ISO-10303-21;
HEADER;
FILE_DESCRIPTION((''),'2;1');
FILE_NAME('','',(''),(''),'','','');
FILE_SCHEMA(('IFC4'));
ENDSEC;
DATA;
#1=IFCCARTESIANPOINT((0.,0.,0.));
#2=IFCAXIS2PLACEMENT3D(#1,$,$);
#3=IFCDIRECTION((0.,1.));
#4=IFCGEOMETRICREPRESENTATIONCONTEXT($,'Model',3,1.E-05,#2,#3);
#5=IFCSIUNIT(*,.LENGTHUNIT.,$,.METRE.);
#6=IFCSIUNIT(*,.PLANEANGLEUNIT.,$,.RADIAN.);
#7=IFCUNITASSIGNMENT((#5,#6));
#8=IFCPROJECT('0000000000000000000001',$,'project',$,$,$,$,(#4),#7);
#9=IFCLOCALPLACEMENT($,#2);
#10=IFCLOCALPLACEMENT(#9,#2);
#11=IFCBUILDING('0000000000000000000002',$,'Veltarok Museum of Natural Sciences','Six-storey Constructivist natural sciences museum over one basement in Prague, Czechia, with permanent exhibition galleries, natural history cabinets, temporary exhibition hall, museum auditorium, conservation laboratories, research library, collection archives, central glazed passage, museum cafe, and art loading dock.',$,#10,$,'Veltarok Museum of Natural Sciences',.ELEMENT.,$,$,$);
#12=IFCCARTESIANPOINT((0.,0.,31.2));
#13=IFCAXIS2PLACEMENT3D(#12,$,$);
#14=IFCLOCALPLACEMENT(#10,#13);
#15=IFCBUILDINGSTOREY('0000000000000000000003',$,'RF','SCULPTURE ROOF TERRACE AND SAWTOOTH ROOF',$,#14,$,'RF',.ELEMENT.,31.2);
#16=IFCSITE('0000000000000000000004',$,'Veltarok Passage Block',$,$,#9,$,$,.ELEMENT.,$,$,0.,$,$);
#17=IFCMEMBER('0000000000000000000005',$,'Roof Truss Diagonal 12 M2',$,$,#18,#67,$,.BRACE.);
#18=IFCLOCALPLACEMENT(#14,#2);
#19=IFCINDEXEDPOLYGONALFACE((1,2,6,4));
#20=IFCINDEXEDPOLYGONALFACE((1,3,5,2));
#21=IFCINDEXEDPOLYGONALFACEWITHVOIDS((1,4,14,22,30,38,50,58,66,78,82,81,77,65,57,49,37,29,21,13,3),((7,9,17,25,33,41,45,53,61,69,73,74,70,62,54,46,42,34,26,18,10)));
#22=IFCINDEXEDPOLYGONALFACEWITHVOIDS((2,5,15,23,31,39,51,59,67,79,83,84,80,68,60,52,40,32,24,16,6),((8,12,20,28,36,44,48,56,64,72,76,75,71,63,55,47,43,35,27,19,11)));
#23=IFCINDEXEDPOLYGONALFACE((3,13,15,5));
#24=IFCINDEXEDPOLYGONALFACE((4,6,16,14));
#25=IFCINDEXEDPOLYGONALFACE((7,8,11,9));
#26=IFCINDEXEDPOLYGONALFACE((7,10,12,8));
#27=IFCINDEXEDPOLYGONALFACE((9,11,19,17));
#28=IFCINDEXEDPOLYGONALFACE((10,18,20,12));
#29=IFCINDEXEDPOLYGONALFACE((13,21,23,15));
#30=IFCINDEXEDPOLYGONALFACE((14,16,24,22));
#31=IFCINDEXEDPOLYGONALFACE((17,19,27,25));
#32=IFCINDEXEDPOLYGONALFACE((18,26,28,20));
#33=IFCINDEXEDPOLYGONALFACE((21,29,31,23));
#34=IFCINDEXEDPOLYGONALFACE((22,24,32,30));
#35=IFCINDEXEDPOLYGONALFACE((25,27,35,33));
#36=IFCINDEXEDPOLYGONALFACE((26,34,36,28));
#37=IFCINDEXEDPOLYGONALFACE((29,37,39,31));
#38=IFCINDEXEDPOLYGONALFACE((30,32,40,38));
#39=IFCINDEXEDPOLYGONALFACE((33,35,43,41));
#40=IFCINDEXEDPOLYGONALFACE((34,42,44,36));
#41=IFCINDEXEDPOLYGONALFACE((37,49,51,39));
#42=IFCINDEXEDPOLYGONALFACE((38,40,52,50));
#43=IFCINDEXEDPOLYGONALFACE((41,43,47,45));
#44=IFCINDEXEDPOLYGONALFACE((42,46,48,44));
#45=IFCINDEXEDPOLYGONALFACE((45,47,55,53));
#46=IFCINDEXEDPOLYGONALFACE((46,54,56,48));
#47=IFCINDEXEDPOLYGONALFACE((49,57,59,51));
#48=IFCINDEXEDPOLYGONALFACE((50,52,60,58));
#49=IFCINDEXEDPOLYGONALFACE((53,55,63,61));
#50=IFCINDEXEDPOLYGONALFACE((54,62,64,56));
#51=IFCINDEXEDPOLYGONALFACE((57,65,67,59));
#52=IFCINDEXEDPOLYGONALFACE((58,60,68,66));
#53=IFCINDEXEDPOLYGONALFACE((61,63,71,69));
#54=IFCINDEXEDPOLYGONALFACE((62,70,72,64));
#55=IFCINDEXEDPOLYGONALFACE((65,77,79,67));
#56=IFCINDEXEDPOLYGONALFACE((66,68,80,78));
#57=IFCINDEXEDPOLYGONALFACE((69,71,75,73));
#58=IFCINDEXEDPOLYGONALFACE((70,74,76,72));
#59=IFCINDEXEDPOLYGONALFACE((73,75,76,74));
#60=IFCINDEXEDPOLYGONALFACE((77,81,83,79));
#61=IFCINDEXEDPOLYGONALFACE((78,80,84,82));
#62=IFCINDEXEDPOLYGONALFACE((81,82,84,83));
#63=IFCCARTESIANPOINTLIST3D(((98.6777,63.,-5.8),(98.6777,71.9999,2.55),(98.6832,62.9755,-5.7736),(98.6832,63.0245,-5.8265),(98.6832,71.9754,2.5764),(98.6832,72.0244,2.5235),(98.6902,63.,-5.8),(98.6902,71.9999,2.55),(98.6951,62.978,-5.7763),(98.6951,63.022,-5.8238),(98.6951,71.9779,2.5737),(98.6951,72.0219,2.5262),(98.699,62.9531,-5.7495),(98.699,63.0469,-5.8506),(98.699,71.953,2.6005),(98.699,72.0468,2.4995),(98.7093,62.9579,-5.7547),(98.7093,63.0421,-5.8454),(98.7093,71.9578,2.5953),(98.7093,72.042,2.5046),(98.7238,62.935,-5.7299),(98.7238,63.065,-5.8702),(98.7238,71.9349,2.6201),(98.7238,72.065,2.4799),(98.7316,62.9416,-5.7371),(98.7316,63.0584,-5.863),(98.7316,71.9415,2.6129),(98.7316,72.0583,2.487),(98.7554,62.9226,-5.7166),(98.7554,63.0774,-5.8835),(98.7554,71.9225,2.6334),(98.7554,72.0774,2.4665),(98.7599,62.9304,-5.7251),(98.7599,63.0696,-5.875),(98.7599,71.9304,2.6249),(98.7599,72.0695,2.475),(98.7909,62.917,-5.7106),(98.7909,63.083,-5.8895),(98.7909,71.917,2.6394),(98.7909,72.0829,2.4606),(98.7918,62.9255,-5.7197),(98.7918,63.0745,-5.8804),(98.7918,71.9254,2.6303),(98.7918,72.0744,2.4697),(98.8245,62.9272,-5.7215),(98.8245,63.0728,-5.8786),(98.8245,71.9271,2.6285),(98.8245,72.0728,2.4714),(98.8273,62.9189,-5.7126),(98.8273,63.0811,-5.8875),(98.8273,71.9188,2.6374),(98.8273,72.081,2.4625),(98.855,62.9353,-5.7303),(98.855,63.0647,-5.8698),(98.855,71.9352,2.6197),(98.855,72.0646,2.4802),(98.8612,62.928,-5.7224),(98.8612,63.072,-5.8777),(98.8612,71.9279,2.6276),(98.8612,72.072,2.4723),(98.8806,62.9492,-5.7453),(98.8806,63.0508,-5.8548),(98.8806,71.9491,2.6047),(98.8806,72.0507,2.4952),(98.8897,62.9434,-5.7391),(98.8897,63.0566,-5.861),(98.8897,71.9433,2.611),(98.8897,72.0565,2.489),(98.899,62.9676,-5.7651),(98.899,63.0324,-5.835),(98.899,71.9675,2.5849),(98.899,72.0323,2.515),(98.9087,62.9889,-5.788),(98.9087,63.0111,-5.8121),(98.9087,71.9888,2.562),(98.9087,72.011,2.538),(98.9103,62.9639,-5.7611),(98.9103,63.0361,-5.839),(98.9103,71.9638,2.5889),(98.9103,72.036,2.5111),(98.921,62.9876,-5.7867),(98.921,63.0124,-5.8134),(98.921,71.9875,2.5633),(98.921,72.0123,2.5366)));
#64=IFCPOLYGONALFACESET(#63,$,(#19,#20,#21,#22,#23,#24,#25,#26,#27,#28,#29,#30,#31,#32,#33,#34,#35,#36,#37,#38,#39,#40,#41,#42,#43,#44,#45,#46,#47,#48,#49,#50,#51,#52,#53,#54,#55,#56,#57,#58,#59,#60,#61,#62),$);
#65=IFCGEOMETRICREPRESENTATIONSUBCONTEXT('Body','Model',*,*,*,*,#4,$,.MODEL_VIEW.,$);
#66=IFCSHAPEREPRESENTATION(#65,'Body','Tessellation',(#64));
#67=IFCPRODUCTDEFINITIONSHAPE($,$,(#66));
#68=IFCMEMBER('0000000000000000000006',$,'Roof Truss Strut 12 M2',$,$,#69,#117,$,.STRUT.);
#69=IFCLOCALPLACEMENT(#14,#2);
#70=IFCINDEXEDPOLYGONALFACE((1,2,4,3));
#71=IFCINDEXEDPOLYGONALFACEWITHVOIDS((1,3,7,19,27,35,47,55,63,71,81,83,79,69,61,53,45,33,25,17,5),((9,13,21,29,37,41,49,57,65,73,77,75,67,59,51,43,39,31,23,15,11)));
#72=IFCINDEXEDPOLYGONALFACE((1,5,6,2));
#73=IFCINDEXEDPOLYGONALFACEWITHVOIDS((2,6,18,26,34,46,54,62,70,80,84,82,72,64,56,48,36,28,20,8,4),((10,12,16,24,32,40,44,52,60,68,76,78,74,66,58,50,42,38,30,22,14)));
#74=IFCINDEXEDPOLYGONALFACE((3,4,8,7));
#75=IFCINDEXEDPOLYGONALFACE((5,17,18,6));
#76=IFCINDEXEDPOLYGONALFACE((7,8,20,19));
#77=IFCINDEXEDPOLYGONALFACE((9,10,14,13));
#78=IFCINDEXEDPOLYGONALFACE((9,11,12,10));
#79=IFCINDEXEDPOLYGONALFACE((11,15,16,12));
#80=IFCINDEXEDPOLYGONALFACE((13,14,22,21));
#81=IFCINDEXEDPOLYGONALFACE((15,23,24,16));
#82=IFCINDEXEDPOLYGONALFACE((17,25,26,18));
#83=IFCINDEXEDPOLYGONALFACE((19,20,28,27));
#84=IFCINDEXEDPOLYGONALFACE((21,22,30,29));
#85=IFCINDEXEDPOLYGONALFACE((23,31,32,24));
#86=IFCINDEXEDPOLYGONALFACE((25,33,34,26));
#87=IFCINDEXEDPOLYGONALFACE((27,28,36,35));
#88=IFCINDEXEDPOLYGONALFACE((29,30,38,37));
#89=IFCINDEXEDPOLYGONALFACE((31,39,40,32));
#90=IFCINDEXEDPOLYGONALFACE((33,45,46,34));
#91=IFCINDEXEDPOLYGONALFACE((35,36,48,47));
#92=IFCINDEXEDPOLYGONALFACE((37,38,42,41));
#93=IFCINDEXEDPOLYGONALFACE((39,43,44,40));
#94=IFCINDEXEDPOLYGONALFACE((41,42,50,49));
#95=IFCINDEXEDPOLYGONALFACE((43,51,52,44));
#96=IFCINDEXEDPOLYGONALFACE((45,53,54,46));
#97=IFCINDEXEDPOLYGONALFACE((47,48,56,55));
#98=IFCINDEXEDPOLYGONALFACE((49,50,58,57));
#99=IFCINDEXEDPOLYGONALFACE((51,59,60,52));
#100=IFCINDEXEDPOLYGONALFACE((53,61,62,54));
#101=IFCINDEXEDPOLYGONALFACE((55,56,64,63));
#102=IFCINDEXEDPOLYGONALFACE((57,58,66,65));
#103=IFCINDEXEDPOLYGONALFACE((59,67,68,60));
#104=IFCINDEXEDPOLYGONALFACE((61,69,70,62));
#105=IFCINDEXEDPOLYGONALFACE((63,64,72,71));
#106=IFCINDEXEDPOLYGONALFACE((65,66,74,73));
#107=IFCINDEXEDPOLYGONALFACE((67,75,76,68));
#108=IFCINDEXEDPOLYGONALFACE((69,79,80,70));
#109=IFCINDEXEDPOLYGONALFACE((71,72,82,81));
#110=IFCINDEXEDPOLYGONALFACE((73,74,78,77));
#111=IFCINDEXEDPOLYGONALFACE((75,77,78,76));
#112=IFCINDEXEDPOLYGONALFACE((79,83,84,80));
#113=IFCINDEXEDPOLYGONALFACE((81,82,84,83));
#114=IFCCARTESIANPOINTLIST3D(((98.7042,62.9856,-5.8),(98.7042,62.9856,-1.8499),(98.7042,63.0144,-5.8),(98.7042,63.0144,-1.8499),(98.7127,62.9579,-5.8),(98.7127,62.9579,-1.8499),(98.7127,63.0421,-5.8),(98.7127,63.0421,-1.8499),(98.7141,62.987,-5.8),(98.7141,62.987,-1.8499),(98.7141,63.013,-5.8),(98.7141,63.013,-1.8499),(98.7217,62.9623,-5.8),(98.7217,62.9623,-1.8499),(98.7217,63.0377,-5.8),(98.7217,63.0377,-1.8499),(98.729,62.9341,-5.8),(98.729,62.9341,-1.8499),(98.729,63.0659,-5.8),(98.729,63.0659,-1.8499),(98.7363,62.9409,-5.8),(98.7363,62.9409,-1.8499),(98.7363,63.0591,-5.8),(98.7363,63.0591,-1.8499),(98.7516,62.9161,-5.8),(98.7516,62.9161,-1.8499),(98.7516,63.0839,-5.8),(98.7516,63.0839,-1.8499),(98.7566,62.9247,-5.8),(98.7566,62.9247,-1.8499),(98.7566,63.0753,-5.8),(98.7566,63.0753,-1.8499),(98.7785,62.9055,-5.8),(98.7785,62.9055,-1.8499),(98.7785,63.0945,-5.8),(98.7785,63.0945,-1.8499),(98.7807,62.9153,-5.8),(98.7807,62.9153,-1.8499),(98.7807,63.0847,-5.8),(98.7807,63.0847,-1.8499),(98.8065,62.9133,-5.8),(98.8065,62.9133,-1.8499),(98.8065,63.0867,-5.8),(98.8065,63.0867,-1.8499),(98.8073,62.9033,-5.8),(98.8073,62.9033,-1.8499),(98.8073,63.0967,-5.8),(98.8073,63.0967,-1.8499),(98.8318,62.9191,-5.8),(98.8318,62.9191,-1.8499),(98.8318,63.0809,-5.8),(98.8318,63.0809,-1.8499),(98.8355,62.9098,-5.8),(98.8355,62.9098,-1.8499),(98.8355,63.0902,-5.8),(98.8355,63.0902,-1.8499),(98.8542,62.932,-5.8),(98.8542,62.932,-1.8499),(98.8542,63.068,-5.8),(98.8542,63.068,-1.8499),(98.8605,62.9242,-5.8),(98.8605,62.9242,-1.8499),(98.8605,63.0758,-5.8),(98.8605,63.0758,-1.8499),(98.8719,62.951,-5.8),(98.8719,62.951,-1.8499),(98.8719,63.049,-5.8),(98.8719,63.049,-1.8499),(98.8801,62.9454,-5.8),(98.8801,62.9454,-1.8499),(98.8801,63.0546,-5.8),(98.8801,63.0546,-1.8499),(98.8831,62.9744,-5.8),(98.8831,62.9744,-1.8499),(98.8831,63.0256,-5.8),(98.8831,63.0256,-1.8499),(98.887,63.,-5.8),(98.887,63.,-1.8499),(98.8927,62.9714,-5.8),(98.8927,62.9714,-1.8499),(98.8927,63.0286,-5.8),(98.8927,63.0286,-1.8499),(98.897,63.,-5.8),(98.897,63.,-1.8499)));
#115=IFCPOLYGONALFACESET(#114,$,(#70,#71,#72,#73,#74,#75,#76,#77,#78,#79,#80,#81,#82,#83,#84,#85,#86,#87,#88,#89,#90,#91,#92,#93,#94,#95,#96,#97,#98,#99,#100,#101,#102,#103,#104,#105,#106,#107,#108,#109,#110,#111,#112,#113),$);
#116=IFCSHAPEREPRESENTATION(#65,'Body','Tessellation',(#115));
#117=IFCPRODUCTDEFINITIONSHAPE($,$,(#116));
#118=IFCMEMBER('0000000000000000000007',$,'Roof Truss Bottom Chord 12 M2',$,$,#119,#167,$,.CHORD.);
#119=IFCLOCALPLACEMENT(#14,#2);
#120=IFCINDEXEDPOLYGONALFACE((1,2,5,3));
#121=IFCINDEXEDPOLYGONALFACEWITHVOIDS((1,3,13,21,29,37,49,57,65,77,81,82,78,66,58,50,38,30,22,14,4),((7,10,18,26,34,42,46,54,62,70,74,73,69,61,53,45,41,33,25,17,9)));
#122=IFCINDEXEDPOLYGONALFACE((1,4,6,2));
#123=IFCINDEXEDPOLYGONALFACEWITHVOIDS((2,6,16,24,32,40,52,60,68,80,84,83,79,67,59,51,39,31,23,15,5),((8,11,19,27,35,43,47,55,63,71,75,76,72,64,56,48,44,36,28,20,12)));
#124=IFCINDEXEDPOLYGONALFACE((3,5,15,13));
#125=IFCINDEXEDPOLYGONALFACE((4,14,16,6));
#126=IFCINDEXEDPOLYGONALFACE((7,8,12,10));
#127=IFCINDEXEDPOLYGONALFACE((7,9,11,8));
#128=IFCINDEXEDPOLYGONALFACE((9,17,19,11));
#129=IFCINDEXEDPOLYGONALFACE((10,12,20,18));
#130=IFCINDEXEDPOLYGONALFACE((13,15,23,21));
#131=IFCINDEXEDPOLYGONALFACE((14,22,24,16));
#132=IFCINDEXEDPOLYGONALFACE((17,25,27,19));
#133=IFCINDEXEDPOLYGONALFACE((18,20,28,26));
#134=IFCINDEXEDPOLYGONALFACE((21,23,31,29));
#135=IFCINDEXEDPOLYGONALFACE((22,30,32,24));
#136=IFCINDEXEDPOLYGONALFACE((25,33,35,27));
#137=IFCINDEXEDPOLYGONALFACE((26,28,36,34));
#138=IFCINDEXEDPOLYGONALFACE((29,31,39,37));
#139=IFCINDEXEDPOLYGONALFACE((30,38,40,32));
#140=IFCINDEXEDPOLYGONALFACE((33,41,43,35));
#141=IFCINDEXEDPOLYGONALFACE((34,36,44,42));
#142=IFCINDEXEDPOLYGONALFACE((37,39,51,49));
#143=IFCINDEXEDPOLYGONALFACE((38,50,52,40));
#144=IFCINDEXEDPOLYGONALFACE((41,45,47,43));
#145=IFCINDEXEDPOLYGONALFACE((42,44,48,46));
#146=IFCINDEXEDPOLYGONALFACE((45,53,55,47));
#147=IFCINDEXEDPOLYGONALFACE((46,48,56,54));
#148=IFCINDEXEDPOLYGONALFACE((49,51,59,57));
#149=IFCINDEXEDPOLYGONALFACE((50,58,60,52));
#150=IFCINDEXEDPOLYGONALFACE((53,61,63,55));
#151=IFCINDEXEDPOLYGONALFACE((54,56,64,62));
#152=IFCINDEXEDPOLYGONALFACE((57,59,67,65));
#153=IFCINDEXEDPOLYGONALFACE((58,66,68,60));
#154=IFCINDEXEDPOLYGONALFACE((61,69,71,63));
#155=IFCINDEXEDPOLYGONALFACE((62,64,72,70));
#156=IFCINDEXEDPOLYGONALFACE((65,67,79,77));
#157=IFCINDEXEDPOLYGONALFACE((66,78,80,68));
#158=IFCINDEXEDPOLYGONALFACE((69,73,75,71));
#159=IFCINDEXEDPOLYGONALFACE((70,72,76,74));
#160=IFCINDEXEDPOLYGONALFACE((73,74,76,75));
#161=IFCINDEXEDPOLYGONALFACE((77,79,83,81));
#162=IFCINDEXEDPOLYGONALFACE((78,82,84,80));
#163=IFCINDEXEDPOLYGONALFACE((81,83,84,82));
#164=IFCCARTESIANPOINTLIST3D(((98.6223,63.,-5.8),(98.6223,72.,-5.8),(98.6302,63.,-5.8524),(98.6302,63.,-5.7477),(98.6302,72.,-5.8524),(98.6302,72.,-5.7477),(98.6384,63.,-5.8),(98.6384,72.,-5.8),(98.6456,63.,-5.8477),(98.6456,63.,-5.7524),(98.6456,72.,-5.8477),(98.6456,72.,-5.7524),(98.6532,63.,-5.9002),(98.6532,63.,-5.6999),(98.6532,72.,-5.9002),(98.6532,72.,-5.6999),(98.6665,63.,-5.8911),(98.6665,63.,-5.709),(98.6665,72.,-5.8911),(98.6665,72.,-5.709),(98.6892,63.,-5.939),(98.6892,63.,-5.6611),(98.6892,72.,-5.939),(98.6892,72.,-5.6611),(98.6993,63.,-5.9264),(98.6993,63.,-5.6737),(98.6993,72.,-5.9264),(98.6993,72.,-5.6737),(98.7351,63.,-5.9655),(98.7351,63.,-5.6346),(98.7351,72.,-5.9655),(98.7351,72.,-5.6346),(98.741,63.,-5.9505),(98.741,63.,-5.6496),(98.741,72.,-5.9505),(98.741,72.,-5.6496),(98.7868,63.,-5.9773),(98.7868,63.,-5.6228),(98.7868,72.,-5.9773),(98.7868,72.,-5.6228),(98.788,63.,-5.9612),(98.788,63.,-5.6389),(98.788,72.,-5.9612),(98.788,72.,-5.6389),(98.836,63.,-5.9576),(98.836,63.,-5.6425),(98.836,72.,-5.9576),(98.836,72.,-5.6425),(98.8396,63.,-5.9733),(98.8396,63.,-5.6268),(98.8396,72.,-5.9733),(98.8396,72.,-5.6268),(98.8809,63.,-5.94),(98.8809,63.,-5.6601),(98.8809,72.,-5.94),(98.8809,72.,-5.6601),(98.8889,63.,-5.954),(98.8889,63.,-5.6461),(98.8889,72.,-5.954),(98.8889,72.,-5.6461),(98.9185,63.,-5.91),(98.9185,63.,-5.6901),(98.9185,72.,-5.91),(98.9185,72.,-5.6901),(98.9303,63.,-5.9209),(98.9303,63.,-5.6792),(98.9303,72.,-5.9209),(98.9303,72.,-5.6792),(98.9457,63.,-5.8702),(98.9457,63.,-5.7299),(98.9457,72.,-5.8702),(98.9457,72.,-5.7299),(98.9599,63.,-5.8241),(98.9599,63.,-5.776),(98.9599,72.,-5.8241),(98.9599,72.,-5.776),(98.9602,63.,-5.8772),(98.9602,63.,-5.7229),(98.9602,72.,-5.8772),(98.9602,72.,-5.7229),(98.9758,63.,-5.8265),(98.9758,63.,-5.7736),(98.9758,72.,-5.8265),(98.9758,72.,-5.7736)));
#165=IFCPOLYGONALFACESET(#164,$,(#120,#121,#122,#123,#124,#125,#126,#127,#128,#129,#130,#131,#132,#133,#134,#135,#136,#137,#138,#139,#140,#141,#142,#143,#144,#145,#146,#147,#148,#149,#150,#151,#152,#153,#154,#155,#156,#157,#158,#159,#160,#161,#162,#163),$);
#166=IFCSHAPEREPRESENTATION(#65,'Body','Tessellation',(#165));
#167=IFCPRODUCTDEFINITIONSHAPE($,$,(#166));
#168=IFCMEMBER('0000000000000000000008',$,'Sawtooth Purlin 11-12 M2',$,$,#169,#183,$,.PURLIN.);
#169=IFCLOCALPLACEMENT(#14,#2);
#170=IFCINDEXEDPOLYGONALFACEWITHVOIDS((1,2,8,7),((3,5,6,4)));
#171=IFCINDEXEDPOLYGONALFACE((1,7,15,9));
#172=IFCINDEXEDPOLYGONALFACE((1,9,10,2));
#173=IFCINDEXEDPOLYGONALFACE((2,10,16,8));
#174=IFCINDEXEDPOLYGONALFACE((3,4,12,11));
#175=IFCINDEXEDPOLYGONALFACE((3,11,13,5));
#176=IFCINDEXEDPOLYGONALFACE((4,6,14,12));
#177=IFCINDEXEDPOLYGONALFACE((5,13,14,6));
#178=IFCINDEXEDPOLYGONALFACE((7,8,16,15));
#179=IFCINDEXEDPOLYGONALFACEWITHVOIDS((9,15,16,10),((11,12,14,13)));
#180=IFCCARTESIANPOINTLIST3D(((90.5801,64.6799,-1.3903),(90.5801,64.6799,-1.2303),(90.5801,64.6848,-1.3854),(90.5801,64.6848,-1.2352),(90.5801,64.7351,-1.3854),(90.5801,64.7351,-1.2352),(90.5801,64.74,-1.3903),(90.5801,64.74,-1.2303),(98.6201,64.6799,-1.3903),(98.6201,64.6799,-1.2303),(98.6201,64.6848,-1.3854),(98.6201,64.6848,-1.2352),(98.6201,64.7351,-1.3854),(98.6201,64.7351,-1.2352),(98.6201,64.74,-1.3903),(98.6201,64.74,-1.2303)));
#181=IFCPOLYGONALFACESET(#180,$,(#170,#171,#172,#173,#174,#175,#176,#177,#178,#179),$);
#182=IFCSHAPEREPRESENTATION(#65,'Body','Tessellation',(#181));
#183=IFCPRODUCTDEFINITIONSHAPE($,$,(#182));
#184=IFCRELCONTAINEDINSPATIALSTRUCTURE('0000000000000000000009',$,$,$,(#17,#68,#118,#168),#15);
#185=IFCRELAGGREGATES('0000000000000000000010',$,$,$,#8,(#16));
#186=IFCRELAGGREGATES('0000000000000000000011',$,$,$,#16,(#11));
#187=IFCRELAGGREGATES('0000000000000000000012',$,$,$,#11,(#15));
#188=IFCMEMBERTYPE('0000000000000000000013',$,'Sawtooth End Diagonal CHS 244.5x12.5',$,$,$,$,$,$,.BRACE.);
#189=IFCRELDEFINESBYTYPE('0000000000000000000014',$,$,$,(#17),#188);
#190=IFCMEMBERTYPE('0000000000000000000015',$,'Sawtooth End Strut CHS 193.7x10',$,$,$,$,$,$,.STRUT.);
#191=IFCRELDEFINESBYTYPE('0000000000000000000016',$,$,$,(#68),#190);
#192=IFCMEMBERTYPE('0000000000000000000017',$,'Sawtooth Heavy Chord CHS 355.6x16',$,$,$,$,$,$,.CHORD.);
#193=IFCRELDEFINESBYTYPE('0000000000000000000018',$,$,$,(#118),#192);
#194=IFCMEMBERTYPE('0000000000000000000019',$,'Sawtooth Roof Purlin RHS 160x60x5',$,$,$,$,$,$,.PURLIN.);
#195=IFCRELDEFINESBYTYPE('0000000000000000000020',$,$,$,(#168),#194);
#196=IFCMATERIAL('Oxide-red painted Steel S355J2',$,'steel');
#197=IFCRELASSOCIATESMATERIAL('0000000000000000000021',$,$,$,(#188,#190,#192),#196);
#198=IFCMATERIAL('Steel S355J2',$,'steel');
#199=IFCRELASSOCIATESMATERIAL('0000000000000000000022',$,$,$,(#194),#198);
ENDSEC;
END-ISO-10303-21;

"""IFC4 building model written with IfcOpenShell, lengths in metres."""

from ifc_helpers import new_model, si_unit, direction, frame, origin, origin_2d, place, context, subcontext, project, spatial, hollow_rectangle, hollow_circle, extrude, material, material_profile, profile_set, type_object, element, save


model = new_model("IFC4")

# Units and contexts
model_context = context("Model", 3, precision=1e-05, world=origin(), true_north=direction((0.0, 1.0)))
body_context = subcontext(model_context, "Body", "Model", "MODEL_VIEW")
ifc_project = project(units=[si_unit("LENGTHUNIT", "METRE"), si_unit("PLANEANGLEUNIT", "RADIAN")], contexts=[model_context])

# Site, building, storey
site_placement = place(None, origin())
site = spatial("IfcSite", under=ifc_project, at=site_placement, Name="Veltarok Passage Block", CompositionType="ELEMENT", RefElevation=0.0)
building_placement = place(site_placement, origin())
building = spatial("IfcBuilding", under=site, at=building_placement, Name="Veltarok Museum of Natural Sciences", Description="Six-storey Constructivist natural sciences museum over one basement in Prague, Czechia, with permanent exhibition galleries, natural history cabinets, temporary exhibition hall, museum auditorium, conservation laboratories, research library, collection archives, central glazed passage, museum cafe, and art loading dock.", LongName="Veltarok Museum of Natural Sciences", CompositionType="ELEMENT")
storey_placement = place(building_placement, frame((0.0, 0.0, 31.2)))
storey = spatial("IfcBuildingStorey", under=building, at=storey_placement, Name="RF", Description="SCULPTURE ROOF TERRACE AND SAWTOOTH ROOF", LongName="RF", CompositionType="ELEMENT", Elevation=31.2)

# Members
ifc_material_1 = material(Name="Oxide-red painted Steel S355J2", Category="steel")
ifc_material_profile_1 = material_profile(ifc_material_1, hollow_circle(Radius=0.1223, WallThickness=0.0125, at=origin_2d()), Name="CHS 244.5x12.5")
ifc_profile_set_1 = profile_set([ifc_material_profile_1], Name="Oxide-red painted Steel S355J2")
member_type_1 = type_object("IfcMemberType", Name="Sawtooth End Diagonal CHS 244.5x12.5", PredefinedType="BRACE", material=ifc_profile_set_1)
member_1_placement = place(storey_placement, frame((98.8, 63.0, -5.8), z_axis=(0.0, 0.73308, 0.680143), x_axis=(-1.0, 0.0, 0.0)))
element("IfcMember", 1, at=member_1_placement, inside=storey, type_object=member_type_1, Name="Roof Truss Diagonal 12 M2", PredefinedType="BRACE", context=body_context, shape_type="SweptSolid", body=[
    extrude(hollow_circle(Radius=0.1223, WallThickness=0.0125, at=origin_2d()), origin(), (0.0, 0.0, 1.0), 12.2769),
])
ifc_material_profile_2 = material_profile(ifc_material_1, hollow_circle(Radius=0.0969, WallThickness=0.01, at=origin_2d()), Name="CHS 193.7x10")
ifc_profile_set_2 = profile_set([ifc_material_profile_2], Name="Oxide-red painted Steel S355J2")
member_type_2 = type_object("IfcMemberType", Name="Sawtooth End Strut CHS 193.7x10", PredefinedType="STRUT", material=ifc_profile_set_2)
member_2_placement = place(storey_placement, frame((98.8, 63.0, -5.8), z_axis=(0.0, 0.0, 1.0), x_axis=(1.0, 0.0, 0.0)))
element("IfcMember", 2, at=member_2_placement, inside=storey, type_object=member_type_2, Name="Roof Truss Strut 12 M2", PredefinedType="STRUT", context=body_context, shape_type="SweptSolid", body=[
    extrude(hollow_circle(Radius=0.0969, WallThickness=0.01, at=origin_2d()), origin(), (0.0, 0.0, 1.0), 3.9502),
])
ifc_material_profile_3 = material_profile(ifc_material_1, hollow_circle(Radius=0.1777, WallThickness=0.0161, at=origin_2d()), Name="CHS 355.6x16")
ifc_profile_set_3 = profile_set([ifc_material_profile_3], Name="Oxide-red painted Steel S355J2")
member_type_3 = type_object("IfcMemberType", Name="Sawtooth Heavy Chord CHS 355.6x16", PredefinedType="CHORD", material=ifc_profile_set_3)
member_3_placement = place(storey_placement, frame((98.8, 63.0, -5.8), z_axis=(0.0, 1.0, 0.0), x_axis=(-1.0, 0.0, 0.0)))
element("IfcMember", 3, at=member_3_placement, inside=storey, type_object=member_type_3, Name="Roof Truss Bottom Chord 12 M2", PredefinedType="CHORD", context=body_context, shape_type="SweptSolid", body=[
    extrude(hollow_circle(Radius=0.1777, WallThickness=0.0161, at=origin_2d()), origin(), (0.0, 0.0, 1.0), 9.0),
])
ifc_material_2 = material(Name="Steel S355J2", Category="steel")
ifc_material_profile_4 = material_profile(ifc_material_2, hollow_rectangle(XDim=0.0601, YDim=0.1599, WallThickness=0.0049, at=origin_2d()), Name="RHS 160x60x5")
ifc_profile_set_4 = profile_set([ifc_material_profile_4], Name="Steel S355J2")
member_type_4 = type_object("IfcMemberType", Name="Sawtooth Roof Purlin RHS 160x60x5", PredefinedType="PURLIN", material=ifc_profile_set_4)
for number, where, z_axis, x_axis, name in (
    (4, (90.5801, 64.71, -1.3103), (1.0, 0.0, 0.0), (0.0, 1.0, 0.0), "Sawtooth Purlin 11-12 M2"),
):
    element("IfcMember", number, at=place(storey_placement, frame(where, z_axis=z_axis, x_axis=x_axis)), inside=storey, type_object=member_type_4, Name=name, PredefinedType="PURLIN", context=body_context, shape_type="SweptSolid", body=[
        extrude(hollow_rectangle(XDim=0.0601, YDim=0.1599, WallThickness=0.0049, at=origin_2d()), origin(), (0.0, 0.0, 1.0), 8.04),
    ])

save(model, "model.ifc")
